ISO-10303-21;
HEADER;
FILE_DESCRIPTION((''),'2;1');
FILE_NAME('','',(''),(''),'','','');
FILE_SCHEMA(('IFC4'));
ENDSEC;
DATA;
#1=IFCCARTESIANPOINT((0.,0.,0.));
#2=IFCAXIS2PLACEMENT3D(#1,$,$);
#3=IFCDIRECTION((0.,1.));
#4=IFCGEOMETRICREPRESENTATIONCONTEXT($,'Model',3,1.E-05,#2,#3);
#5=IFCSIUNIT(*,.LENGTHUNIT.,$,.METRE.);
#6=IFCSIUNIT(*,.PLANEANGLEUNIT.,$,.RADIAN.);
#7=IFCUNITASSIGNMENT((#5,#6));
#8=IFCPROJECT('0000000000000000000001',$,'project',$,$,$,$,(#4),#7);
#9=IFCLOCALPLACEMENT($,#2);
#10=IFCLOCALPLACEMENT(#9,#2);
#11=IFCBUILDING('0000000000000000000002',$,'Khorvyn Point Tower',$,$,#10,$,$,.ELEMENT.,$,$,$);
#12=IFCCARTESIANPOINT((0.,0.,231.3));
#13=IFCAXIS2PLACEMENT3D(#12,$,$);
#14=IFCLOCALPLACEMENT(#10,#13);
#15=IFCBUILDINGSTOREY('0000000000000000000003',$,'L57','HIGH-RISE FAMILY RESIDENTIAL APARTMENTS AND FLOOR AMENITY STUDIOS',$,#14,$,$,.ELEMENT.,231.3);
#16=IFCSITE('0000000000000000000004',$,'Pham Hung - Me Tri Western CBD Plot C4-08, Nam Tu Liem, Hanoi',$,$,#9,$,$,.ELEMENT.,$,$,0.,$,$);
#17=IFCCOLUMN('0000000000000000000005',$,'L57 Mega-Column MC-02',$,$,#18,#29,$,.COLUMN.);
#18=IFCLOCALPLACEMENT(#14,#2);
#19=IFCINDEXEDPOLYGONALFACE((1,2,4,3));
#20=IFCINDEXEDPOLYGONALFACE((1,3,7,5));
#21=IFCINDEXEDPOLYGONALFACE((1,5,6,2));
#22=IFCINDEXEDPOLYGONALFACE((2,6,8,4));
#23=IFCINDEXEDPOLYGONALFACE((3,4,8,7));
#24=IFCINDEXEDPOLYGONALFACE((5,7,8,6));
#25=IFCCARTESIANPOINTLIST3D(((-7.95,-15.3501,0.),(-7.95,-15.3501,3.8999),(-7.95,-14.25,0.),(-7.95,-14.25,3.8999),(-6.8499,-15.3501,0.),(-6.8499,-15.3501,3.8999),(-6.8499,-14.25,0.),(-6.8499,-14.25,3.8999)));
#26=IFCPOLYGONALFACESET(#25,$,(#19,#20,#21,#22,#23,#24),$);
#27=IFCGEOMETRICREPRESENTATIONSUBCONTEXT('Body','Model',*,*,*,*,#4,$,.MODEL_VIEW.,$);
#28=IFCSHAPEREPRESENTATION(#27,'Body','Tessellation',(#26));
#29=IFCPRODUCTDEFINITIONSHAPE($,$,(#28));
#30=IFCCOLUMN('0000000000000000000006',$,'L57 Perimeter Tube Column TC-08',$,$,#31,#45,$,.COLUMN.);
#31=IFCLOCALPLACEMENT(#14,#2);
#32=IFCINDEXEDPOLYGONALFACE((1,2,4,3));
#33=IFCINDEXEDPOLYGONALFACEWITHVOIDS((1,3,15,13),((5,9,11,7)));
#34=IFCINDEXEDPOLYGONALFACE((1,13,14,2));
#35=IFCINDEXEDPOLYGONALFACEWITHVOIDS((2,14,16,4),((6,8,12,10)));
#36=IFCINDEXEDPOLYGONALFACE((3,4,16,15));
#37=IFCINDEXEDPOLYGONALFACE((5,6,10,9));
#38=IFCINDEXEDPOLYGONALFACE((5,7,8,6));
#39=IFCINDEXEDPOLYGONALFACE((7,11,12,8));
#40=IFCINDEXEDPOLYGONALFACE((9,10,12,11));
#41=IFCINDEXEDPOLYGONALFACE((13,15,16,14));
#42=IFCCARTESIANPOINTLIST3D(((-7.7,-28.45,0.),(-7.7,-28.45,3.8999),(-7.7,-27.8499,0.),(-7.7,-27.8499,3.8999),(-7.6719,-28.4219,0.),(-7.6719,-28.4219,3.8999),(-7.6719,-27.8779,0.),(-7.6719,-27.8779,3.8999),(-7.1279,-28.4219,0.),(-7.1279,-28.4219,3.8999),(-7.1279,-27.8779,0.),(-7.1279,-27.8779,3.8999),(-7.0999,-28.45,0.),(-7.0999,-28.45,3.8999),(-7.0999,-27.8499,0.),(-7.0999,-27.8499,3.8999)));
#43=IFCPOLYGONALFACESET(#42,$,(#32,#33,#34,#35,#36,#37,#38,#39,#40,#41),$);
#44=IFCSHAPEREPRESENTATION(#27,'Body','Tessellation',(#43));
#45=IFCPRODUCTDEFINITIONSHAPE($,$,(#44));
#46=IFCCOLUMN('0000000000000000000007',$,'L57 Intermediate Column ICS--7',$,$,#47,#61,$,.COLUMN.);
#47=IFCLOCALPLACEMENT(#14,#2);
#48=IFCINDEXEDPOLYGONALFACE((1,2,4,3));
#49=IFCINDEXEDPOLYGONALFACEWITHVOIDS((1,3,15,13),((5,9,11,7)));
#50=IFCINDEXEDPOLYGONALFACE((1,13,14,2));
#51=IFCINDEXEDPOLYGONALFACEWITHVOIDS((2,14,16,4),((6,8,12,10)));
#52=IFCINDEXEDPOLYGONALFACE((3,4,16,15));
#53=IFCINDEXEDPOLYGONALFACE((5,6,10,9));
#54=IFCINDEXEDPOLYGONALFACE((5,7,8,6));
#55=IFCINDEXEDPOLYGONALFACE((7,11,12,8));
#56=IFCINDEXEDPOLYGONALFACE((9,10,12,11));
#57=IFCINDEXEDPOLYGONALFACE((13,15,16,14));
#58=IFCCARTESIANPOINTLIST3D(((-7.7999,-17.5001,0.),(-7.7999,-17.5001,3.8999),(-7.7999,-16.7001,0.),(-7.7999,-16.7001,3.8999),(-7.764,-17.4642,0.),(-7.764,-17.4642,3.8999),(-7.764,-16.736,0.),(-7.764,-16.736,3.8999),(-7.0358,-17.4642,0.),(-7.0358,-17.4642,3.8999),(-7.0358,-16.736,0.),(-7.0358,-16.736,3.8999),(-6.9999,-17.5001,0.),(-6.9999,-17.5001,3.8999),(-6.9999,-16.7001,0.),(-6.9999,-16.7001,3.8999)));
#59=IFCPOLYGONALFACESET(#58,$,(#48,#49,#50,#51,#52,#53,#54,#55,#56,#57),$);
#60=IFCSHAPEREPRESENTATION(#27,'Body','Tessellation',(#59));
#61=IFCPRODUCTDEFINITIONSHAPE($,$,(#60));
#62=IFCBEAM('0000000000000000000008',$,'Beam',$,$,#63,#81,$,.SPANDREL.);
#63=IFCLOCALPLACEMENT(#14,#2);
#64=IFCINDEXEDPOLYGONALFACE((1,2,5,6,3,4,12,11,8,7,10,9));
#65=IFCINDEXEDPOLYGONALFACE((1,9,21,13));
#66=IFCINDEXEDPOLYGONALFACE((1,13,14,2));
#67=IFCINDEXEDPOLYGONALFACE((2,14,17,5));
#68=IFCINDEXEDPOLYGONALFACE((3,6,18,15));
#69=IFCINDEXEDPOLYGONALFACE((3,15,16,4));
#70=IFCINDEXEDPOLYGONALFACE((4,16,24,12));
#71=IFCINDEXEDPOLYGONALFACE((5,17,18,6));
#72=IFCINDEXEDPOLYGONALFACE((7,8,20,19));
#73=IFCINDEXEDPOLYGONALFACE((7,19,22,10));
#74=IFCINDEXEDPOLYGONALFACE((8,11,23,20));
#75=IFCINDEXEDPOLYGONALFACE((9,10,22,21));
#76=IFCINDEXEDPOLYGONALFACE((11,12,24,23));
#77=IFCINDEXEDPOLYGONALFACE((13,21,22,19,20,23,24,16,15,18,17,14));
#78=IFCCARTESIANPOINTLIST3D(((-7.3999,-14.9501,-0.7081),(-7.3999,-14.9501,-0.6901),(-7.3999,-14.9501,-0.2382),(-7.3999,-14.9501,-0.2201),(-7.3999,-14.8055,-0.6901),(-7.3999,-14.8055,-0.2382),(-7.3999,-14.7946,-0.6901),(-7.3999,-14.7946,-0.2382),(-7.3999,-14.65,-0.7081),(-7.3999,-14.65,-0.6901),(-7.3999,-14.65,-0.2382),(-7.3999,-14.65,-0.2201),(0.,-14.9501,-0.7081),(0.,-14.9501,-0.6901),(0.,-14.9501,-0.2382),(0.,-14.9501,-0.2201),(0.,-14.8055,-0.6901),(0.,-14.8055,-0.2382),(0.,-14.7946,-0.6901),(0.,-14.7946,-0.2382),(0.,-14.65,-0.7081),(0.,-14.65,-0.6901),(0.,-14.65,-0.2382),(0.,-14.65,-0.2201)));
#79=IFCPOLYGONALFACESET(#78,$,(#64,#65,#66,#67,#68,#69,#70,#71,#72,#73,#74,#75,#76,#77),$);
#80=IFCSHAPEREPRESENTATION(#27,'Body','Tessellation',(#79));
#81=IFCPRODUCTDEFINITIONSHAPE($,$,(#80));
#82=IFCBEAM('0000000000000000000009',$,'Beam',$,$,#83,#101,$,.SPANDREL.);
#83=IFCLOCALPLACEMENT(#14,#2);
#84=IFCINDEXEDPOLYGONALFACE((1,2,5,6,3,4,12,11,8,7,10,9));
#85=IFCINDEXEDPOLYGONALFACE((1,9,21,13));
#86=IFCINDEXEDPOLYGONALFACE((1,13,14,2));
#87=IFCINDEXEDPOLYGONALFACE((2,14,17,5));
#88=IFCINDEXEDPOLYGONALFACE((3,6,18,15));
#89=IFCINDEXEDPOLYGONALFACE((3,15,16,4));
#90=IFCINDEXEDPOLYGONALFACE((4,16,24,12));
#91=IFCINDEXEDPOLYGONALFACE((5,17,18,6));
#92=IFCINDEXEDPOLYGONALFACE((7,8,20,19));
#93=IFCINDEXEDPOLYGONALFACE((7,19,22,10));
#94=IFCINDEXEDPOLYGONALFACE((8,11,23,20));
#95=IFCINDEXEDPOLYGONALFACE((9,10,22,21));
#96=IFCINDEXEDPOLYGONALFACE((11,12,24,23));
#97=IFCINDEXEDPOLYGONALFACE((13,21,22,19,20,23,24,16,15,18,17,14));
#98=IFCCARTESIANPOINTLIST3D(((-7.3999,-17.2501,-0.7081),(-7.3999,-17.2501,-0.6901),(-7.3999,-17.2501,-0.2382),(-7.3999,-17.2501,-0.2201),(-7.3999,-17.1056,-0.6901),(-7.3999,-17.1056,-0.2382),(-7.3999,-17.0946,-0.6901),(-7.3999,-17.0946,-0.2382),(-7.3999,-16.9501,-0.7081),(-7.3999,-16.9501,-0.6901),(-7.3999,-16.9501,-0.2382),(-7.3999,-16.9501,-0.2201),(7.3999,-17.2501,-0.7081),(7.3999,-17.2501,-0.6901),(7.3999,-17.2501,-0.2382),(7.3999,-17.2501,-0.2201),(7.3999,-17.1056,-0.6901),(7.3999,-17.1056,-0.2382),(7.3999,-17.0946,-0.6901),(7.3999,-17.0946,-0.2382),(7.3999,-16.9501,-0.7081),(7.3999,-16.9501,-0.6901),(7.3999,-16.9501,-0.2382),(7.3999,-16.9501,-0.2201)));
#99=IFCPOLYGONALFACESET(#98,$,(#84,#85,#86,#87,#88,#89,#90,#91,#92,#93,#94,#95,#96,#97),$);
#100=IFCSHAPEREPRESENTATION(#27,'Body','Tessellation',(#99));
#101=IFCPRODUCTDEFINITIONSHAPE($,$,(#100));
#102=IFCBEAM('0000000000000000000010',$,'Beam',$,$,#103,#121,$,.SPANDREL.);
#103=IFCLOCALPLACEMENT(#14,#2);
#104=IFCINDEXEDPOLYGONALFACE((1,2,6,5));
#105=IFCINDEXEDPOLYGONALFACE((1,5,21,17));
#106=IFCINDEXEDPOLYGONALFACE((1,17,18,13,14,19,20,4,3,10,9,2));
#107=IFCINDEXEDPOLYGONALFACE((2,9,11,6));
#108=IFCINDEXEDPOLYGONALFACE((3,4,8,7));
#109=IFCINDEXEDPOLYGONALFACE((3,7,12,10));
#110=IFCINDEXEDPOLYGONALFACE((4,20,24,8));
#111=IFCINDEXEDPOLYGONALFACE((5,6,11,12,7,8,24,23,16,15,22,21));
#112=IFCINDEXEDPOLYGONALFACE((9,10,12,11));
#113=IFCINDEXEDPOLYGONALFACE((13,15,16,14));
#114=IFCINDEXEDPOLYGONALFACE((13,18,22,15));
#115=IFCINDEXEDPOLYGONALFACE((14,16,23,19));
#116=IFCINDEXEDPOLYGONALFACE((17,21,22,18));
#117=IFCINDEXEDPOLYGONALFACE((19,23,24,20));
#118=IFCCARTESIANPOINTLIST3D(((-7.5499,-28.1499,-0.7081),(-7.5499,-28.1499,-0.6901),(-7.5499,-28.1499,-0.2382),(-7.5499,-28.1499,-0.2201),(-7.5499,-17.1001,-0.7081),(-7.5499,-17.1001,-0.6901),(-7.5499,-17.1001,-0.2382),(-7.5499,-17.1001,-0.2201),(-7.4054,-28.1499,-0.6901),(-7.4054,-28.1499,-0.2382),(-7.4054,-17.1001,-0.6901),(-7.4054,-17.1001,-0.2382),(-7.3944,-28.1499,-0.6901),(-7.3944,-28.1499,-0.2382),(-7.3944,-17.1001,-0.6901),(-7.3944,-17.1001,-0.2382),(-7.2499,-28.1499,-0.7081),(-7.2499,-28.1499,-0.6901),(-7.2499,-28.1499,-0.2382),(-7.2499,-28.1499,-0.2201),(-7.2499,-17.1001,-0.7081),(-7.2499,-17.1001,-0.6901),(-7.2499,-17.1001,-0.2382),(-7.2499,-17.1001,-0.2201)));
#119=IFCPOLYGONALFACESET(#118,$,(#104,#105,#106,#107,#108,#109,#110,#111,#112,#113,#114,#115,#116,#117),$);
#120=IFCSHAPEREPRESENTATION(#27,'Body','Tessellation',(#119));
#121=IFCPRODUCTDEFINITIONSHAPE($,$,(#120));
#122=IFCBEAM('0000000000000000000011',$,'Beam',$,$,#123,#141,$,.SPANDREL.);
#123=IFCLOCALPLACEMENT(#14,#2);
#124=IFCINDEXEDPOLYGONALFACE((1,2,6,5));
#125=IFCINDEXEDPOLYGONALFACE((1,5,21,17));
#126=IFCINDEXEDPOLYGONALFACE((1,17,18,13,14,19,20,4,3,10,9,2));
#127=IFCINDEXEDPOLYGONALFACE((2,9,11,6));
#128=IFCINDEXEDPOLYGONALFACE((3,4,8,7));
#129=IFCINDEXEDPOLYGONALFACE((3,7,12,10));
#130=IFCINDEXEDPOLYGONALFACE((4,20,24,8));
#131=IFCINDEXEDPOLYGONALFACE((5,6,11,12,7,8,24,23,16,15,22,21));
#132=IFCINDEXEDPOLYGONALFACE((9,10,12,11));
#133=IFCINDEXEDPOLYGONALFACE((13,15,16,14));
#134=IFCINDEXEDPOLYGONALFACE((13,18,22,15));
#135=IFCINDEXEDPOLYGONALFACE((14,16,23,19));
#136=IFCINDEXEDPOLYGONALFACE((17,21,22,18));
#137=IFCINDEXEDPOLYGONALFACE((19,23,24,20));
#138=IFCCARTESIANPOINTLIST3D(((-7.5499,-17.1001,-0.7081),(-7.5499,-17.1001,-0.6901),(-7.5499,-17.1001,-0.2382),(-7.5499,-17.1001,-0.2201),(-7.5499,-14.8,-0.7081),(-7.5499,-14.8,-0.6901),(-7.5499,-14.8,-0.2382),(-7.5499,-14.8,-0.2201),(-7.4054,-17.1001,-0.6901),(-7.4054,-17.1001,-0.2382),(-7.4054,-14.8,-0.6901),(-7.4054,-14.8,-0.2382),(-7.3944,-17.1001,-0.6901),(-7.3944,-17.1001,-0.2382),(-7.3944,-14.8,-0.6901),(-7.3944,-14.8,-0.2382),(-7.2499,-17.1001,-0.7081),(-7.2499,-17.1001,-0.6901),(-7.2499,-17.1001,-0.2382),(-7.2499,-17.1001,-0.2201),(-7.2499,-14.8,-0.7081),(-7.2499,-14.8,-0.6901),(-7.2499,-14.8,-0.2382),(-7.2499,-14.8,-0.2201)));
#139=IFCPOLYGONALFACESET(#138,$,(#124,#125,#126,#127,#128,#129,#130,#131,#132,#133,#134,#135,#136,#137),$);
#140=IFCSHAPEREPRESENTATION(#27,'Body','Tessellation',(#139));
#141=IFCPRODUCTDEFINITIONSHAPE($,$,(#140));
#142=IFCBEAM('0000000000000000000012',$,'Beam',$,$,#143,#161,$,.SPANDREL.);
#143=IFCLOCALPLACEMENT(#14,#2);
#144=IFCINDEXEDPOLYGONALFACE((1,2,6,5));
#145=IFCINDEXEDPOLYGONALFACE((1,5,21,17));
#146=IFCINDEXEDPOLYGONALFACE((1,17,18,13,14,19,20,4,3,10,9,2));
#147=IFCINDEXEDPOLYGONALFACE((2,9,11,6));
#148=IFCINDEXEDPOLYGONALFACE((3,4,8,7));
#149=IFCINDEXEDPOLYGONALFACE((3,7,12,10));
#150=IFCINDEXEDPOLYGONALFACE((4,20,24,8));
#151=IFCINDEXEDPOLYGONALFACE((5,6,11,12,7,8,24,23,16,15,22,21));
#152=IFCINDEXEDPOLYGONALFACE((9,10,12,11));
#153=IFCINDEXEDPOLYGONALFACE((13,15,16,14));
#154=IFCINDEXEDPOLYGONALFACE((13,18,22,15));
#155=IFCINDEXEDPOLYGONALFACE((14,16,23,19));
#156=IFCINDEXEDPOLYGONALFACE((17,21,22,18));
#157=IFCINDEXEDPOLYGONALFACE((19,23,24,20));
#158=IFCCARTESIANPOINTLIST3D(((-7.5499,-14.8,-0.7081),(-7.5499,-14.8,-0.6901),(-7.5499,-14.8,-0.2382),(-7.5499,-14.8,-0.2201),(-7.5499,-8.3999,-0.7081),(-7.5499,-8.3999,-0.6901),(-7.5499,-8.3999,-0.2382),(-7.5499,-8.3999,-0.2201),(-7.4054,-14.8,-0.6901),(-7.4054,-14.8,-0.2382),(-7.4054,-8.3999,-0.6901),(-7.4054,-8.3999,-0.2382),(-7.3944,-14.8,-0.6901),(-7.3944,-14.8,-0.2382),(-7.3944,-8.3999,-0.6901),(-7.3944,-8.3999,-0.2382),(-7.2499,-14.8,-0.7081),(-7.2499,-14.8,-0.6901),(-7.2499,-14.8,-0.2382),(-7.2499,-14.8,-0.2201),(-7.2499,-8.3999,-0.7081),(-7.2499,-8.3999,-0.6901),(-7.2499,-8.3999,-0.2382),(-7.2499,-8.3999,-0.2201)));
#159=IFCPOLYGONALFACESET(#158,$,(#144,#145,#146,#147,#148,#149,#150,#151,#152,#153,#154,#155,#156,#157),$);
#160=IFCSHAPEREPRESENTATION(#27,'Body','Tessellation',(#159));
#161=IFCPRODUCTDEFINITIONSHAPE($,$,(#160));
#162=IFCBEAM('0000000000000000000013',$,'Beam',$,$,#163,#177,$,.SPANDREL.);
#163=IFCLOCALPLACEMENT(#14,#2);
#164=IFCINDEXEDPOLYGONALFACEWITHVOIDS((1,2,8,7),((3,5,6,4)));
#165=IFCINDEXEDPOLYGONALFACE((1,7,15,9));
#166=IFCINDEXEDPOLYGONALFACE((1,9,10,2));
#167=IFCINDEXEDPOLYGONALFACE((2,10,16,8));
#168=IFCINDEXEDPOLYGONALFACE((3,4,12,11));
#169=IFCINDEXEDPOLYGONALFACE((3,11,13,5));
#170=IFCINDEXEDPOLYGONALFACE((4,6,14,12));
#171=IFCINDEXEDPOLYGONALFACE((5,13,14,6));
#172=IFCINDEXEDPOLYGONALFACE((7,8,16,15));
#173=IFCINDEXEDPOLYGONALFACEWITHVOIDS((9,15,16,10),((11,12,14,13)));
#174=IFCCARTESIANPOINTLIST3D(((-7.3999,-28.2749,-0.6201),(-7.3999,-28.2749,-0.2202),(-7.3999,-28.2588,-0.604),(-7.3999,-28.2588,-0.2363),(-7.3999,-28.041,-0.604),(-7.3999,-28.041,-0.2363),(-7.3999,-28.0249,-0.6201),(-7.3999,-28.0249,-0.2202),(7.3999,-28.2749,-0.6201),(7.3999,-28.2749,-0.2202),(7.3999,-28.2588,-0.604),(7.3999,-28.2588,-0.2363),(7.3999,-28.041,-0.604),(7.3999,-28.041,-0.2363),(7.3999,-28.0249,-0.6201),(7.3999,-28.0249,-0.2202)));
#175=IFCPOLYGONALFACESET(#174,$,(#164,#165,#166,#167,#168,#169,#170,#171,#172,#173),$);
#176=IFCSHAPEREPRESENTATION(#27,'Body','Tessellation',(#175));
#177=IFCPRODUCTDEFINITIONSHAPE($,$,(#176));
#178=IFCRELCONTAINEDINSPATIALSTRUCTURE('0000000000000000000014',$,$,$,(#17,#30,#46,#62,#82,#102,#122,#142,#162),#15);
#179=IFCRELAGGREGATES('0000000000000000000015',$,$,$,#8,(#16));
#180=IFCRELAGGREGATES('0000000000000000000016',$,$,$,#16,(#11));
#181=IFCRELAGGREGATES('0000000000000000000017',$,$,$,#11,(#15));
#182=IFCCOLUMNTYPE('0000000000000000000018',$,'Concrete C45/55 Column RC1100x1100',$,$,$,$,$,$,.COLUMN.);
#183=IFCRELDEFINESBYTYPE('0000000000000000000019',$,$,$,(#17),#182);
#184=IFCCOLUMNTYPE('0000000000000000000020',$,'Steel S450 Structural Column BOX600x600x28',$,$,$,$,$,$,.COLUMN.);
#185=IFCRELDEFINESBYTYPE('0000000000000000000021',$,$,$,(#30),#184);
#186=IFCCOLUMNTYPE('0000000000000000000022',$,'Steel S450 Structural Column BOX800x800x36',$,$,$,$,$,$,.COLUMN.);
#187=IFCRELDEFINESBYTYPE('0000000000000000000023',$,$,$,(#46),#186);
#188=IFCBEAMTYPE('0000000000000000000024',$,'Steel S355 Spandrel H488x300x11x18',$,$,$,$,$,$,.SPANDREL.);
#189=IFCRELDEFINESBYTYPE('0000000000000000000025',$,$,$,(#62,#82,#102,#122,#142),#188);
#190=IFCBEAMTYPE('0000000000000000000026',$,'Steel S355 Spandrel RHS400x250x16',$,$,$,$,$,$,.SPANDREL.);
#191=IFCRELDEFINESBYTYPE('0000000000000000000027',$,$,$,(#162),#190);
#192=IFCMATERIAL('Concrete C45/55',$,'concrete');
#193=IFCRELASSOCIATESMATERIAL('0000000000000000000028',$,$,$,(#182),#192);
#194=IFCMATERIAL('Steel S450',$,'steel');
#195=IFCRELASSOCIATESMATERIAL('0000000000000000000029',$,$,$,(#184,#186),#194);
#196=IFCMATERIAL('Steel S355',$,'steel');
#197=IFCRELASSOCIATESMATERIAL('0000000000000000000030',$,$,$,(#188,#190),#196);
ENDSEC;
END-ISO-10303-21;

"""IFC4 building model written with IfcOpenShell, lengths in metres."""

from ifc_helpers import new_model, si_unit, direction, frame, origin, origin_2d, place, context, subcontext, project, spatial, rectangle, hollow_rectangle, i_section, extrude, material, material_profile, profile_set, type_object, element, save


model = new_model("IFC4")

# Units and contexts
model_context = context("Model", 3, precision=1e-05, world=origin(), true_north=direction((0.0, 1.0)))
body_context = subcontext(model_context, "Body", "Model", "MODEL_VIEW")
ifc_project = project(units=[si_unit("LENGTHUNIT", "METRE"), si_unit("PLANEANGLEUNIT", "RADIAN")], contexts=[model_context])

# Site, building, storey
site_placement = place(None, origin())
site = spatial("IfcSite", under=ifc_project, at=site_placement, Name="Pham Hung - Me Tri Western CBD Plot C4-08, Nam Tu Liem, Hanoi", CompositionType="ELEMENT", RefElevation=0.0)
building_placement = place(site_placement, origin())
building = spatial("IfcBuilding", under=site, at=building_placement, Name="Khorvyn Point Tower", CompositionType="ELEMENT")
storey_placement = place(building_placement, frame((0.0, 0.0, 231.3)))
storey = spatial("IfcBuildingStorey", under=building, at=storey_placement, Name="L57", Description="HIGH-RISE FAMILY RESIDENTIAL APARTMENTS AND FLOOR AMENITY STUDIOS", CompositionType="ELEMENT", Elevation=231.3)

# Columns
ifc_material_1 = material(Name="Concrete C45/55", Category="concrete")
ifc_material_profile_1 = material_profile(ifc_material_1, rectangle(XDim=1.1001, YDim=1.1001, at=origin_2d()))
ifc_profile_set_1 = profile_set([ifc_material_profile_1], Name="Concrete C45/55 RC1100x1100")
column_type_1 = type_object("IfcColumnType", Name="Concrete C45/55 Column RC1100x1100", PredefinedType="COLUMN", material=ifc_profile_set_1)
column_1_placement = place(storey_placement, frame((-7.3999, -14.8, 0.0), z_axis=(0.0, 0.0, 1.0), x_axis=(1.0, 0.0, 0.0)))
element("IfcColumn", 1, at=column_1_placement, inside=storey, type_object=column_type_1, Name="L57 Mega-Column MC-02", PredefinedType="COLUMN", context=body_context, shape_type="SweptSolid", body=[
    extrude(rectangle(XDim=1.1001, YDim=1.1001, at=origin_2d()), origin(), (0.0, 0.0, 1.0), 3.8999),
])
ifc_material_2 = material(Name="Steel S450", Category="steel")
ifc_material_profile_2 = material_profile(ifc_material_2, hollow_rectangle(XDim=0.6001, YDim=0.6001, WallThickness=0.0281, at=origin_2d()))
ifc_profile_set_2 = profile_set([ifc_material_profile_2], Name="Steel S450 BOX600x600x28")
column_type_2 = type_object("IfcColumnType", Name="Steel S450 Structural Column BOX600x600x28", PredefinedType="COLUMN", material=ifc_profile_set_2)
column_2_placement = place(storey_placement, frame((-7.3999, -28.1499, 0.0), z_axis=(0.0, 0.0, 1.0), x_axis=(1.0, 0.0, 0.0)))
element("IfcColumn", 2, at=column_2_placement, inside=storey, type_object=column_type_2, Name="L57 Perimeter Tube Column TC-08", PredefinedType="COLUMN", context=body_context, shape_type="SweptSolid", body=[
    extrude(hollow_rectangle(XDim=0.6001, YDim=0.6001, WallThickness=0.0281, at=origin_2d()), origin(), (0.0, 0.0, 1.0), 3.8999),
])
ifc_material_profile_3 = material_profile(ifc_material_2, hollow_rectangle(XDim=0.8, YDim=0.8, WallThickness=0.0359, at=origin_2d()))
ifc_profile_set_3 = profile_set([ifc_material_profile_3], Name="Steel S450 BOX800x800x36")
column_type_3 = type_object("IfcColumnType", Name="Steel S450 Structural Column BOX800x800x36", PredefinedType="COLUMN", material=ifc_profile_set_3)
column_3_placement = place(storey_placement, frame((-7.3999, -17.1001, 0.0), z_axis=(0.0, 0.0, 1.0), x_axis=(1.0, 0.0, 0.0)))
element("IfcColumn", 3, at=column_3_placement, inside=storey, type_object=column_type_3, Name="L57 Intermediate Column ICS--7", PredefinedType="COLUMN", context=body_context, shape_type="SweptSolid", body=[
    extrude(hollow_rectangle(XDim=0.8, YDim=0.8, WallThickness=0.0359, at=origin_2d()), origin(), (0.0, 0.0, 1.0), 3.8999),
])

# Beams
ifc_material_3 = material(Name="Steel S355", Category="steel")
ifc_material_profile_4 = material_profile(ifc_material_3, i_section(OverallWidth=0.3, OverallDepth=0.488, WebThickness=0.011, FlangeThickness=0.0181, at=origin_2d()))
ifc_profile_set_4 = profile_set([ifc_material_profile_4], Name="Steel S355 H488x300x11x18")
beam_type_1 = type_object("IfcBeamType", Name="Steel S355 Spandrel H488x300x11x18", PredefinedType="SPANDREL", material=ifc_profile_set_4)
beam_1_placement = place(storey_placement, frame((-7.3999, -14.8, -0.4641), z_axis=(1.0, 0.0, 0.0), x_axis=(0.0, 1.0, 0.0)))
element("IfcBeam", 4, at=beam_1_placement, inside=storey, type_object=beam_type_1, Name="Beam", PredefinedType="SPANDREL", context=body_context, shape_type="SweptSolid", body=[
    extrude(i_section(OverallWidth=0.3, OverallDepth=0.488, WebThickness=0.011, FlangeThickness=0.0181, at=origin_2d()), origin(), (0.0, 0.0, 1.0), 7.3999),
])
beam_2_placement = place(storey_placement, frame((-7.3999, -17.1001, -0.4641), z_axis=(1.0, 0.0, 0.0), x_axis=(0.0, 1.0, 0.0)))
element("IfcBeam", 5, at=beam_2_placement, inside=storey, type_object=beam_type_1, Name="Beam", PredefinedType="SPANDREL", context=body_context, shape_type="SweptSolid", body=[
    extrude(i_section(OverallWidth=0.3, OverallDepth=0.488, WebThickness=0.011, FlangeThickness=0.0181, at=origin_2d()), origin(), (0.0, 0.0, 1.0), 14.7998),
])
beam_3_placement = place(storey_placement, frame((-7.3999, -28.1499, -0.4641), z_axis=(0.0, 1.0, 0.0), x_axis=(-1.0, 0.0, 0.0)))
element("IfcBeam", 6, at=beam_3_placement, inside=storey, type_object=beam_type_1, Name="Beam", PredefinedType="SPANDREL", context=body_context, shape_type="SweptSolid", body=[
    extrude(i_section(OverallWidth=0.3, OverallDepth=0.488, WebThickness=0.011, FlangeThickness=0.0181, at=origin_2d()), origin(), (0.0, 0.0, 1.0), 11.0498),
])
beam_4_placement = place(storey_placement, frame((-7.3999, -17.1001, -0.4641), z_axis=(0.0, 1.0, 0.0), x_axis=(-1.0, 0.0, 0.0)))
element("IfcBeam", 7, at=beam_4_placement, inside=storey, type_object=beam_type_1, Name="Beam", PredefinedType="SPANDREL", context=body_context, shape_type="SweptSolid", body=[
    extrude(i_section(OverallWidth=0.3, OverallDepth=0.488, WebThickness=0.011, FlangeThickness=0.0181, at=origin_2d()), origin(), (0.0, 0.0, 1.0), 2.3),
])
beam_5_placement = place(storey_placement, frame((-7.3999, -14.8, -0.4641), z_axis=(0.0, 1.0, 0.0), x_axis=(-1.0, 0.0, 0.0)))
element("IfcBeam", 8, at=beam_5_placement, inside=storey, type_object=beam_type_1, Name="Beam", PredefinedType="SPANDREL", context=body_context, shape_type="SweptSolid", body=[
    extrude(i_section(OverallWidth=0.3, OverallDepth=0.488, WebThickness=0.011, FlangeThickness=0.0181, at=origin_2d()), origin(), (0.0, 0.0, 1.0), 6.4001),
])
ifc_material_profile_5 = material_profile(ifc_material_3, hollow_rectangle(XDim=0.25, YDim=0.3999, WallThickness=0.0161, at=origin_2d()))
ifc_profile_set_5 = profile_set([ifc_material_profile_5], Name="Steel S355 RHS400x250x16")
beam_type_2 = type_object("IfcBeamType", Name="Steel S355 Spandrel RHS400x250x16", PredefinedType="SPANDREL", material=ifc_profile_set_5)
beam_6_placement = place(storey_placement, frame((-7.3999, -28.1499, -0.4202), z_axis=(1.0, 0.0, 0.0), x_axis=(0.0, 1.0, 0.0)))
element("IfcBeam", 9, at=beam_6_placement, inside=storey, type_object=beam_type_2, Name="Beam", PredefinedType="SPANDREL", context=body_context, shape_type="SweptSolid", body=[
    extrude(hollow_rectangle(XDim=0.25, YDim=0.3999, WallThickness=0.0161, at=origin_2d()), origin(), (0.0, 0.0, 1.0), 14.7998),
])

save(model, "model.ifc")
